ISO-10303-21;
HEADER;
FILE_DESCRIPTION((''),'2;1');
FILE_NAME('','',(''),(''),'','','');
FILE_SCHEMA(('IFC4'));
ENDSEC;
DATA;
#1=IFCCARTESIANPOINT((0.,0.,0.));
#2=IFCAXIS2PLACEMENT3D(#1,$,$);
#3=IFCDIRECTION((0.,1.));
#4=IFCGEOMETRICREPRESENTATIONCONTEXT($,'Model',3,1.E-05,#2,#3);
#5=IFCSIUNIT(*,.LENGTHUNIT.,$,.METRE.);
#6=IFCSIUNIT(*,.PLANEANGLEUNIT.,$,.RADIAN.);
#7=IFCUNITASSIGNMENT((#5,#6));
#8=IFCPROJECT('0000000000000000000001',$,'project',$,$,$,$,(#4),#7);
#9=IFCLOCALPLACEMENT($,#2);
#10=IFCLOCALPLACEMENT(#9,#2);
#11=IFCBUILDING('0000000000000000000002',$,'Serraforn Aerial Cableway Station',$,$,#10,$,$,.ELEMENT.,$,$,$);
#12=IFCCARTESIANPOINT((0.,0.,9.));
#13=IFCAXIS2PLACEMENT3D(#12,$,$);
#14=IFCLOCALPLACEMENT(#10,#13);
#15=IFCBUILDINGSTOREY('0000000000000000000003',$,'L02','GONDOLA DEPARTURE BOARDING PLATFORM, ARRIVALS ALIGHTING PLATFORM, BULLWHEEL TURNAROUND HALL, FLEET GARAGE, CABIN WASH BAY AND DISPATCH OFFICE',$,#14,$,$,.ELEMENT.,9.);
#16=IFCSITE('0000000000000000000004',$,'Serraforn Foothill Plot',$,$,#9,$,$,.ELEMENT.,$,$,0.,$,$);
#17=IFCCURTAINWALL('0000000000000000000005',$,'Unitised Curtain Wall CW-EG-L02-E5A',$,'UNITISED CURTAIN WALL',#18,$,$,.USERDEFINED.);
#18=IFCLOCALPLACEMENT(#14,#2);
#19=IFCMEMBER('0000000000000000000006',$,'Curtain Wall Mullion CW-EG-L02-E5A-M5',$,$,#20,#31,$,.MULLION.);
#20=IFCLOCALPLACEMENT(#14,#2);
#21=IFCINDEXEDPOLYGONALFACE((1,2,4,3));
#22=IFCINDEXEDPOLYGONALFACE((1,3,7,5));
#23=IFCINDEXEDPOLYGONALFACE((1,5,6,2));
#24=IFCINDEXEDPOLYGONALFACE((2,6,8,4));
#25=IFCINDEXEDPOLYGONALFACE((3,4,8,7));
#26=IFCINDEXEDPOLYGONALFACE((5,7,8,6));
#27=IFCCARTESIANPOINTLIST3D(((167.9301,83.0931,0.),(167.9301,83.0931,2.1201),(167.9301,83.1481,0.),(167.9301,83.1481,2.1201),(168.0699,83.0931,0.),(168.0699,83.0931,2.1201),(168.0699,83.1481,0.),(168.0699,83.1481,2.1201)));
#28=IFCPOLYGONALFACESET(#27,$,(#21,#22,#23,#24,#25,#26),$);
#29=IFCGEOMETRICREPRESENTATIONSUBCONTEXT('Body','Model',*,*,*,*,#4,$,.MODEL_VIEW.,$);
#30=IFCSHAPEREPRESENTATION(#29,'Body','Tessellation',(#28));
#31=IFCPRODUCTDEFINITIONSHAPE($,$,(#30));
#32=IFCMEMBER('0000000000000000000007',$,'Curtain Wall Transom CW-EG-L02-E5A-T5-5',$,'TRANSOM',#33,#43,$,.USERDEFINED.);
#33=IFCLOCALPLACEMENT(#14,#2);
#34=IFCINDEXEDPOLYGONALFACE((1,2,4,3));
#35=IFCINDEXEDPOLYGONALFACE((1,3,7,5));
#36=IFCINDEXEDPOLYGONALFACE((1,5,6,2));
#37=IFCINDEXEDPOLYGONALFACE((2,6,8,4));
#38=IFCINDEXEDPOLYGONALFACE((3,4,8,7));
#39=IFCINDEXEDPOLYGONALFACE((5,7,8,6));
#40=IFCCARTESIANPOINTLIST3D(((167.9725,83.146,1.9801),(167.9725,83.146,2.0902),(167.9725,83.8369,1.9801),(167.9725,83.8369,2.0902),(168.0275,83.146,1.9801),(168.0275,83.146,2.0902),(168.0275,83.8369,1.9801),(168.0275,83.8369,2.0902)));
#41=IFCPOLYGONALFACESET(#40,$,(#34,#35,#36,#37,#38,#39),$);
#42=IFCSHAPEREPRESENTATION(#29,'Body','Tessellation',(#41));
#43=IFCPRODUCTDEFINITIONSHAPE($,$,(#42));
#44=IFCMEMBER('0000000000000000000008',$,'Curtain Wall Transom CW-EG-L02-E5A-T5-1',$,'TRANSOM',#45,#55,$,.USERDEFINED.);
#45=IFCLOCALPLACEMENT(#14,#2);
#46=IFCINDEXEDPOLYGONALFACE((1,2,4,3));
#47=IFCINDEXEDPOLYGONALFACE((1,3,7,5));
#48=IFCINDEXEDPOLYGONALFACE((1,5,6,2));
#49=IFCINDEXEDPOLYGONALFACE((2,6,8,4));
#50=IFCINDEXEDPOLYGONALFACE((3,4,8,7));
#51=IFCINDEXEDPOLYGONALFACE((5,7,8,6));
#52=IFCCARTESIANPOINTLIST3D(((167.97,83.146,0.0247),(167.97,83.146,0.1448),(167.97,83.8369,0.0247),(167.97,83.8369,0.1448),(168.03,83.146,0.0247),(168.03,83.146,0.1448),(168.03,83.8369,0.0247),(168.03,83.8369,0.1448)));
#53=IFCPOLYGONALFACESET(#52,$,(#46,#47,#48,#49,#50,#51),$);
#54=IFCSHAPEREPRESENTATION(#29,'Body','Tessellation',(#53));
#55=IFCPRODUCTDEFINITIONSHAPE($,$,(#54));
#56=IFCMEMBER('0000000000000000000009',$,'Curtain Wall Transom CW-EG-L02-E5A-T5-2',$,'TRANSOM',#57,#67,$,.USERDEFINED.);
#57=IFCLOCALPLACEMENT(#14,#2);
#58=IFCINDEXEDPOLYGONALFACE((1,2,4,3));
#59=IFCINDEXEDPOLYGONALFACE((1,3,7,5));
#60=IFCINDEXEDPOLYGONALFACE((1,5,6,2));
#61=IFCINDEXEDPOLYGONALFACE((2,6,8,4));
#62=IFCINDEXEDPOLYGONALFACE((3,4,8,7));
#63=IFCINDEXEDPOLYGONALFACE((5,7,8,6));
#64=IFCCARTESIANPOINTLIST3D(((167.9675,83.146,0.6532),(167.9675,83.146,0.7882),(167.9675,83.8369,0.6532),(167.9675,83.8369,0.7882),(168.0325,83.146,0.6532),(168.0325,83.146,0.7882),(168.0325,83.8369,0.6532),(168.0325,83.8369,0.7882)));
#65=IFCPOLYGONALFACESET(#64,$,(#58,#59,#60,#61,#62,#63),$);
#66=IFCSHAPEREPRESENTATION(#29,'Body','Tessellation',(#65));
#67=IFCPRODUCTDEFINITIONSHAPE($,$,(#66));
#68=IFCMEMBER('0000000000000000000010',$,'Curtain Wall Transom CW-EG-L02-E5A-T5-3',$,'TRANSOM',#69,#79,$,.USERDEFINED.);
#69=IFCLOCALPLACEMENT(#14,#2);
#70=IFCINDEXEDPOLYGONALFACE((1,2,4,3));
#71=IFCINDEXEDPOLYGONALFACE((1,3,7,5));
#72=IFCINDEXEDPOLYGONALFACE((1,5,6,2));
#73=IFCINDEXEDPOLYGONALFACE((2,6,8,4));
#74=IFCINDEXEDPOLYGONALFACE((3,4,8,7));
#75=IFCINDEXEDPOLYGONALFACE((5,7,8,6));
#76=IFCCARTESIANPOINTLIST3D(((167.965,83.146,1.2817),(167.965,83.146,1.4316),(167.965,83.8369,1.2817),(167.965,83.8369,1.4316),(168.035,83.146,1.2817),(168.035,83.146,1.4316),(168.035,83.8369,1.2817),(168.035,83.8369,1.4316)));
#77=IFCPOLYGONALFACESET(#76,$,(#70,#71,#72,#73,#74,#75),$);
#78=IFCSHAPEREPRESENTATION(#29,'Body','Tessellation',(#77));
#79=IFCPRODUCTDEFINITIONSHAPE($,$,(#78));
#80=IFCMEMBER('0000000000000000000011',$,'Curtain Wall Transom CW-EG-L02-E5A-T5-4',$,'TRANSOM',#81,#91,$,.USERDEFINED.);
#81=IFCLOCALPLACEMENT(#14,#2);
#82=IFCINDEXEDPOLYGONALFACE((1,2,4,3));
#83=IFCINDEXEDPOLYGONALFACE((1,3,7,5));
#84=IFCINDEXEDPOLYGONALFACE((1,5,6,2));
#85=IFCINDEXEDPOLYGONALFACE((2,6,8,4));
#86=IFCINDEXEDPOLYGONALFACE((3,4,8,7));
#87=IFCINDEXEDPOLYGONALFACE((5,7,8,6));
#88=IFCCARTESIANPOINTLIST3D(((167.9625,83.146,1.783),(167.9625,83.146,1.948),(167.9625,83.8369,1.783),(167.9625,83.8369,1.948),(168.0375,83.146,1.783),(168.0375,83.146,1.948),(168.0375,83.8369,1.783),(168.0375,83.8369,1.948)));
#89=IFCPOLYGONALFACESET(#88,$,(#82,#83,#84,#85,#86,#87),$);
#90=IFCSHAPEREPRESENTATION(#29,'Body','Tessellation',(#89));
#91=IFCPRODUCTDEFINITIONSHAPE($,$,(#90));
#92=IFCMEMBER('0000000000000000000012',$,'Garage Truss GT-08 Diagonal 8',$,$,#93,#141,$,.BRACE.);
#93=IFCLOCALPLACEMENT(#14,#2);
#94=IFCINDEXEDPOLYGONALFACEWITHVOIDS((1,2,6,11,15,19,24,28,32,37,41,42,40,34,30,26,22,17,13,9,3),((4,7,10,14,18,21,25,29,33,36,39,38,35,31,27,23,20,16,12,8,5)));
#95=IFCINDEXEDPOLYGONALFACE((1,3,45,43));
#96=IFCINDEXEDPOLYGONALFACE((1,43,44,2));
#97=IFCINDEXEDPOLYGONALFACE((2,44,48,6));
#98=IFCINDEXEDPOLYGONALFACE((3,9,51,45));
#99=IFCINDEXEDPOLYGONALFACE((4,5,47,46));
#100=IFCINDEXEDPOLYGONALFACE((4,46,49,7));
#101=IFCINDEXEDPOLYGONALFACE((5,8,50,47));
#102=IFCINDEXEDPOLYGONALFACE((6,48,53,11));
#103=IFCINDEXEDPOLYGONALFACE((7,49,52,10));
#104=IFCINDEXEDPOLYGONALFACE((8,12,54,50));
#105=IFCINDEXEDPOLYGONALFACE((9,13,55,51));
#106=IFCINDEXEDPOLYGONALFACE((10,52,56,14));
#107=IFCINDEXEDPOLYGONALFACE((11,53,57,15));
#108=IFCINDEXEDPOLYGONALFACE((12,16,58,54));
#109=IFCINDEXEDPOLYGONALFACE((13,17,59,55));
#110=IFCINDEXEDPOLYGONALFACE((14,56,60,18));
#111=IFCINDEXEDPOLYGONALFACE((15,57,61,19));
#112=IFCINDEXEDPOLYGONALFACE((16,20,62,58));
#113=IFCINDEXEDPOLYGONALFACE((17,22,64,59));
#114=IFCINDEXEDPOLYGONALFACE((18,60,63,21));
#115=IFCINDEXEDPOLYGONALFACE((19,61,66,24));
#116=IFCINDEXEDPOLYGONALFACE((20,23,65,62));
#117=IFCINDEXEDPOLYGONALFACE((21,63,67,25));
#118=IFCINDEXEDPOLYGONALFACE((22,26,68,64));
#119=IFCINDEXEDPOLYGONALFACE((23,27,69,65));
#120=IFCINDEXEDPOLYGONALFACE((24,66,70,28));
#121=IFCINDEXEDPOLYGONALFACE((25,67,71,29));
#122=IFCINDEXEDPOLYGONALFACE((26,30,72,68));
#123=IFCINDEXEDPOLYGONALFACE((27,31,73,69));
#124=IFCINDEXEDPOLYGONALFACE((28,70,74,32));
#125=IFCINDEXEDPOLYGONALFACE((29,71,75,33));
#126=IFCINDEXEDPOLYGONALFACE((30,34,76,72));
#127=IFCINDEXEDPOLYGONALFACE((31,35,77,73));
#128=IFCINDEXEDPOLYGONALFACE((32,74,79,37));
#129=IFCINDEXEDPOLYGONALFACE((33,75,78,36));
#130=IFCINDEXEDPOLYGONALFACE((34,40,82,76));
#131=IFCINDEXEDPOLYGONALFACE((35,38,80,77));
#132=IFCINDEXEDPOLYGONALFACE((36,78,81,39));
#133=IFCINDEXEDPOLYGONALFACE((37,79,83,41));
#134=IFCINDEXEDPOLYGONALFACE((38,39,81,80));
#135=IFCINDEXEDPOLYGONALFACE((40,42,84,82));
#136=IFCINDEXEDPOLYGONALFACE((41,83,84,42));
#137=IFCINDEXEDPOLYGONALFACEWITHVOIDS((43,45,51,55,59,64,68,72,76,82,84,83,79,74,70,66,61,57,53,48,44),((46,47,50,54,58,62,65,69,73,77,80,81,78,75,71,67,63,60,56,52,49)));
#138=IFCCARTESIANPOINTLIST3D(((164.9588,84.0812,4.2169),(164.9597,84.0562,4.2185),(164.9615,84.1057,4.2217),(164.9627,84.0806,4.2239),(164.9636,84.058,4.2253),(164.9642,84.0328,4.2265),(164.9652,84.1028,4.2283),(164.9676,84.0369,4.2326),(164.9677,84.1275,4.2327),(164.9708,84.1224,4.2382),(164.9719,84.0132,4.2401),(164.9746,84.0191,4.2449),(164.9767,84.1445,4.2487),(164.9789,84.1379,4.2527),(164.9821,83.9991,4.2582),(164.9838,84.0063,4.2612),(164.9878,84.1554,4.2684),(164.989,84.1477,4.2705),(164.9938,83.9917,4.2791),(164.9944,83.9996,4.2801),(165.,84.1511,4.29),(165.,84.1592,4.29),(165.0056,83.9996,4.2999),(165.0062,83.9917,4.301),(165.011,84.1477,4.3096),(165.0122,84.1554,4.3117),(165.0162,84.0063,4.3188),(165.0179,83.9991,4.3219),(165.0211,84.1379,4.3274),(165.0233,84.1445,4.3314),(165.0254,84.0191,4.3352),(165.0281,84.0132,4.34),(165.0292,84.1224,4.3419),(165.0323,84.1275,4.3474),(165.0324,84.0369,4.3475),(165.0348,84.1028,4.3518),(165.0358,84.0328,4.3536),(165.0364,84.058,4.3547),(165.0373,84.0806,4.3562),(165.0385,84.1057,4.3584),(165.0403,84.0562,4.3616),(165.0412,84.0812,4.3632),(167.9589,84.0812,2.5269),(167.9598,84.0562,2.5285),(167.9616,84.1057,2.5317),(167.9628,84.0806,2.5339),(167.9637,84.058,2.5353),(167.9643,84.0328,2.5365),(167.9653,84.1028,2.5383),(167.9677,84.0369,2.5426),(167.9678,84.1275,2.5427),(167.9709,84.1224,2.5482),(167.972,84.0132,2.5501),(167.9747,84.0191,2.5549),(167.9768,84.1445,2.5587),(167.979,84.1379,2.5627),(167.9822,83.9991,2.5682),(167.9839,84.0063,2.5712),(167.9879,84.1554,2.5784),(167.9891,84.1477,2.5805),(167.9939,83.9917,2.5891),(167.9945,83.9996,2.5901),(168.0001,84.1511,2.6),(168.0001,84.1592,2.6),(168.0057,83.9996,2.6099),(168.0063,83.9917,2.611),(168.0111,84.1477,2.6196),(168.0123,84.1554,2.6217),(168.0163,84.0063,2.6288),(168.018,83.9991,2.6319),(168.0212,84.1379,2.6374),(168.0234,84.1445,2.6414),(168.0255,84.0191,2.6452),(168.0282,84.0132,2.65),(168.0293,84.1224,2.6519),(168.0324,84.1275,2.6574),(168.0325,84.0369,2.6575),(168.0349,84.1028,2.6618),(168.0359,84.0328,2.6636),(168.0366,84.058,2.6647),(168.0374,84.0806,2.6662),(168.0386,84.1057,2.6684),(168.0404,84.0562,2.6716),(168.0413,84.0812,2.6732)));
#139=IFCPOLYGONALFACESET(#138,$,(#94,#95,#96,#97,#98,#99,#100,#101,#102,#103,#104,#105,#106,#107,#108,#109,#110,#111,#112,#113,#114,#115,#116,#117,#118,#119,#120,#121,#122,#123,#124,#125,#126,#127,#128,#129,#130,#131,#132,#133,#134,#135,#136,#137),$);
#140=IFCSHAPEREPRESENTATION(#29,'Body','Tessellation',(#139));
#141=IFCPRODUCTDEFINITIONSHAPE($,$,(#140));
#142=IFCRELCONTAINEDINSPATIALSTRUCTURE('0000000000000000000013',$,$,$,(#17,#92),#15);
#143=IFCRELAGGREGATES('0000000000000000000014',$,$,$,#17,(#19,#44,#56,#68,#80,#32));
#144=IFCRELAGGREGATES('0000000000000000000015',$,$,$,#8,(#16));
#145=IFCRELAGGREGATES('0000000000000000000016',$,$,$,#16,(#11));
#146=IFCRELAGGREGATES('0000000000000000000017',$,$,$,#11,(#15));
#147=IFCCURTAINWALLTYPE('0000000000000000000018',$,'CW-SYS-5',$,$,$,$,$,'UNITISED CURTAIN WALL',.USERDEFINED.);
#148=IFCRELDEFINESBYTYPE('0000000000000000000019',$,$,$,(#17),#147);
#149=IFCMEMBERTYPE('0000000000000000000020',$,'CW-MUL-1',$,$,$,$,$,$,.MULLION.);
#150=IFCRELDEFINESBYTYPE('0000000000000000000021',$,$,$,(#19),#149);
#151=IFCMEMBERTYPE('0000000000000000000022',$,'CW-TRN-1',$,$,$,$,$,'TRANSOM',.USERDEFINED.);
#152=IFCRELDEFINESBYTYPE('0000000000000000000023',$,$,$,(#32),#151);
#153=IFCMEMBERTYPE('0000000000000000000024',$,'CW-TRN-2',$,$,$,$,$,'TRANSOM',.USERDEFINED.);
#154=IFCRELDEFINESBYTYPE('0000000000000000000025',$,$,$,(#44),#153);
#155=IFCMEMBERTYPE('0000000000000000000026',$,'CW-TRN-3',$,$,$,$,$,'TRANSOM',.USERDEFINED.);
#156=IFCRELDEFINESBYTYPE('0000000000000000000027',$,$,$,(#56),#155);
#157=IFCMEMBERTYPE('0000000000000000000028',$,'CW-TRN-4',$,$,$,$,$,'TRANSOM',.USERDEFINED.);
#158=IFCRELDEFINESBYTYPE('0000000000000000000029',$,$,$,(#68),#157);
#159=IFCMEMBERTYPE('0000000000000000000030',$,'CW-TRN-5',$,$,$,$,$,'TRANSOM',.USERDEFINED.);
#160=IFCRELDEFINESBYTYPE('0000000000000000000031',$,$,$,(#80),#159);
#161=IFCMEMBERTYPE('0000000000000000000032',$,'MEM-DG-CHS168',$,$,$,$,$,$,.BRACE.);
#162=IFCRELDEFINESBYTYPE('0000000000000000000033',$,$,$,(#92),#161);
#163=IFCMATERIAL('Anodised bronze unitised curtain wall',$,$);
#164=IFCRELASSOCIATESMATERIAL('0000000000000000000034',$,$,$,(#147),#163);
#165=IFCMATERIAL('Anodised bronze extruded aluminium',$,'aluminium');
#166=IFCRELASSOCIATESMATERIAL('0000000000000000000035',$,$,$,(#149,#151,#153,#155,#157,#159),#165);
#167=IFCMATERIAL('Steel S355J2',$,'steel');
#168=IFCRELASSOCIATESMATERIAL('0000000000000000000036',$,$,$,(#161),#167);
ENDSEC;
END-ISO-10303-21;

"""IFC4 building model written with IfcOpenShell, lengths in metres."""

from ifc_helpers import new_model, si_unit, direction, frame, origin, origin_2d, place, context, subcontext, project, spatial, rectangle, hollow_circle, extrude, material, material_profile, profile_set, type_object, element, aggregate, save


model = new_model("IFC4")

# Units and contexts
model_context = context("Model", 3, precision=1e-05, world=origin(), true_north=direction((0.0, 1.0)))
body_context = subcontext(model_context, "Body", "Model", "MODEL_VIEW")
ifc_project = project(units=[si_unit("LENGTHUNIT", "METRE"), si_unit("PLANEANGLEUNIT", "RADIAN")], contexts=[model_context])

# Site, building, storey
site_placement = place(None, origin())
site = spatial("IfcSite", under=ifc_project, at=site_placement, Name="Serraforn Foothill Plot", CompositionType="ELEMENT", RefElevation=0.0)
building_placement = place(site_placement, origin())
building = spatial("IfcBuilding", under=site, at=building_placement, Name="Serraforn Aerial Cableway Station", CompositionType="ELEMENT")
storey_placement = place(building_placement, frame((0.0, 0.0, 9.0)))
storey = spatial("IfcBuildingStorey", under=building, at=storey_placement, Name="L02", Description="GONDOLA DEPARTURE BOARDING PLATFORM, ARRIVALS ALIGHTING PLATFORM, BULLWHEEL TURNAROUND HALL, FLEET GARAGE, CABIN WASH BAY AND DISPATCH OFFICE", CompositionType="ELEMENT", Elevation=9.0)

# Curtain wall, members
ifc_material_1 = material(Name="Anodised bronze unitised curtain wall")
curtain_wall_type = type_object("IfcCurtainWallType", Name="CW-SYS-5", ElementType="UNITISED CURTAIN WALL", PredefinedType="USERDEFINED", material=ifc_material_1)
curtain_wall_placement = place(storey_placement, origin())
curtain_wall = element("IfcCurtainWall", 1, at=curtain_wall_placement, inside=storey, type_object=curtain_wall_type, Name="Unitised Curtain Wall CW-EG-L02-E5A", ObjectType="UNITISED CURTAIN WALL", PredefinedType="USERDEFINED")
ifc_material_2 = material(Name="Anodised bronze extruded aluminium", Category="aluminium")
ifc_material_profile_1 = material_profile(ifc_material_2, rectangle(XDim=0.0549, YDim=0.1399, at=origin_2d()), Name="CW MULLION 55x140")
ifc_profile_set_1 = profile_set([ifc_material_profile_1], Name="Anodised bronze extruded aluminium")
member_type_1 = type_object("IfcMemberType", Name="CW-MUL-1", PredefinedType="MULLION", material=ifc_profile_set_1)
member_1_placement = place(storey_placement, frame((168.0, 83.1206, 0.0), z_axis=(0.0, 0.0, 1.0), x_axis=(0.0, 1.0, 0.0)))
member_1 = element("IfcMember", 2, at=member_1_placement, type_object=member_type_1, Name="Curtain Wall Mullion CW-EG-L02-E5A-M5", PredefinedType="MULLION", context=body_context, shape_type="SweptSolid", body=[
    extrude(rectangle(XDim=0.0549, YDim=0.1399, at=origin_2d()), origin(), (0.0, 0.0, 1.0), 2.1201),
])
ifc_material_profile_2 = material_profile(ifc_material_2, rectangle(XDim=0.0549, YDim=0.1101, at=origin_2d()), Name="CW TRANSOM 55x110")
ifc_profile_set_2 = profile_set([ifc_material_profile_2], Name="Anodised bronze extruded aluminium")
member_type_2 = type_object("IfcMemberType", Name="CW-TRN-1", ElementType="TRANSOM", PredefinedType="USERDEFINED", material=ifc_profile_set_2)
member_2_placement = place(storey_placement, frame((168.0, 83.146, 2.0352), z_axis=(0.0, 1.0, 0.0), x_axis=(-1.0, 0.0, 0.0)))
member_2 = element("IfcMember", 3, at=member_2_placement, type_object=member_type_2, Name="Curtain Wall Transom CW-EG-L02-E5A-T5-5", ObjectType="TRANSOM", PredefinedType="USERDEFINED", context=body_context, shape_type="SweptSolid", body=[
    extrude(rectangle(XDim=0.0549, YDim=0.1101, at=origin_2d()), origin(), (0.0, 0.0, 1.0), 0.6909),
])
ifc_material_profile_3 = material_profile(ifc_material_2, rectangle(XDim=0.0601, YDim=0.1201, at=origin_2d()), Name="CW TRANSOM 60x120")
ifc_profile_set_3 = profile_set([ifc_material_profile_3], Name="Anodised bronze extruded aluminium")
member_type_3 = type_object("IfcMemberType", Name="CW-TRN-2", ElementType="TRANSOM", PredefinedType="USERDEFINED", material=ifc_profile_set_3)
member_3_placement = place(storey_placement, frame((168.0, 83.146, 0.0847), z_axis=(0.0, 1.0, 0.0), x_axis=(-1.0, 0.0, 0.0)))
member_3 = element("IfcMember", 4, at=member_3_placement, type_object=member_type_3, Name="Curtain Wall Transom CW-EG-L02-E5A-T5-1", ObjectType="TRANSOM", PredefinedType="USERDEFINED", context=body_context, shape_type="SweptSolid", body=[
    extrude(rectangle(XDim=0.0601, YDim=0.1201, at=origin_2d()), origin(), (0.0, 0.0, 1.0), 0.6909),
])
ifc_material_profile_4 = material_profile(ifc_material_2, rectangle(XDim=0.0649, YDim=0.135, at=origin_2d()), Name="CW TRANSOM 65x135")
ifc_profile_set_4 = profile_set([ifc_material_profile_4], Name="Anodised bronze extruded aluminium")
member_type_4 = type_object("IfcMemberType", Name="CW-TRN-3", ElementType="TRANSOM", PredefinedType="USERDEFINED", material=ifc_profile_set_4)
member_4_placement = place(storey_placement, frame((168.0, 83.146, 0.7207), z_axis=(0.0, 1.0, 0.0), x_axis=(-1.0, 0.0, 0.0)))
member_4 = element("IfcMember", 5, at=member_4_placement, type_object=member_type_4, Name="Curtain Wall Transom CW-EG-L02-E5A-T5-2", ObjectType="TRANSOM", PredefinedType="USERDEFINED", context=body_context, shape_type="SweptSolid", body=[
    extrude(rectangle(XDim=0.0649, YDim=0.135, at=origin_2d()), origin(), (0.0, 0.0, 1.0), 0.6909),
])
ifc_material_profile_5 = material_profile(ifc_material_2, rectangle(XDim=0.0701, YDim=0.1499, at=origin_2d()), Name="CW TRANSOM 70x150")
ifc_profile_set_5 = profile_set([ifc_material_profile_5], Name="Anodised bronze extruded aluminium")
member_type_5 = type_object("IfcMemberType", Name="CW-TRN-4", ElementType="TRANSOM", PredefinedType="USERDEFINED", material=ifc_profile_set_5)
member_5_placement = place(storey_placement, frame((168.0, 83.146, 1.3567), z_axis=(0.0, 1.0, 0.0), x_axis=(-1.0, 0.0, 0.0)))
member_5 = element("IfcMember", 6, at=member_5_placement, type_object=member_type_5, Name="Curtain Wall Transom CW-EG-L02-E5A-T5-3", ObjectType="TRANSOM", PredefinedType="USERDEFINED", context=body_context, shape_type="SweptSolid", body=[
    extrude(rectangle(XDim=0.0701, YDim=0.1499, at=origin_2d()), origin(), (0.0, 0.0, 1.0), 0.6909),
])
ifc_material_profile_6 = material_profile(ifc_material_2, rectangle(XDim=0.075, YDim=0.165, at=origin_2d()), Name="CW TRANSOM 75x165")
ifc_profile_set_6 = profile_set([ifc_material_profile_6], Name="Anodised bronze extruded aluminium")
member_type_6 = type_object("IfcMemberType", Name="CW-TRN-5", ElementType="TRANSOM", PredefinedType="USERDEFINED", material=ifc_profile_set_6)
member_6_placement = place(storey_placement, frame((168.0, 83.146, 1.8655), z_axis=(0.0, 1.0, 0.0), x_axis=(-1.0, 0.0, 0.0)))
member_6 = element("IfcMember", 7, at=member_6_placement, type_object=member_type_6, Name="Curtain Wall Transom CW-EG-L02-E5A-T5-4", ObjectType="TRANSOM", PredefinedType="USERDEFINED", context=body_context, shape_type="SweptSolid", body=[
    extrude(rectangle(XDim=0.075, YDim=0.165, at=origin_2d()), origin(), (0.0, 0.0, 1.0), 0.6909),
])

# Member
ifc_material_3 = material(Name="Steel S355J2", Category="steel")
ifc_material_profile_7 = material_profile(ifc_material_3, hollow_circle(Radius=0.0842, WallThickness=0.0081, at=origin_2d()), Name="CHS 168.3x8.0")
ifc_profile_set_7 = profile_set([ifc_material_profile_7], Name="Steel S355J2")
member_type_7 = type_object("IfcMemberType", Name="MEM-DG-CHS168", PredefinedType="BRACE", material=ifc_profile_set_7)
for number, where, z_axis, x_axis, name in (
    (8, (165.0, 84.075, 4.29), (0.871272, 0.0, -0.4908), (0.0, 1.0, 0.0), "Garage Truss GT-08 Diagonal 8"),
):
    element("IfcMember", number, at=place(storey_placement, frame(where, z_axis=z_axis, x_axis=x_axis)), inside=storey, type_object=member_type_7, Name=name, PredefinedType="BRACE", context=body_context, shape_type="SweptSolid", body=[
        extrude(hollow_circle(Radius=0.0842, WallThickness=0.0081, at=origin_2d()), origin(), (0.0, 0.0, 1.0), 3.4434),
    ])

aggregate(curtain_wall, [member_1, member_3, member_4, member_5, member_6, member_2])

save(model, "model.ifc")
